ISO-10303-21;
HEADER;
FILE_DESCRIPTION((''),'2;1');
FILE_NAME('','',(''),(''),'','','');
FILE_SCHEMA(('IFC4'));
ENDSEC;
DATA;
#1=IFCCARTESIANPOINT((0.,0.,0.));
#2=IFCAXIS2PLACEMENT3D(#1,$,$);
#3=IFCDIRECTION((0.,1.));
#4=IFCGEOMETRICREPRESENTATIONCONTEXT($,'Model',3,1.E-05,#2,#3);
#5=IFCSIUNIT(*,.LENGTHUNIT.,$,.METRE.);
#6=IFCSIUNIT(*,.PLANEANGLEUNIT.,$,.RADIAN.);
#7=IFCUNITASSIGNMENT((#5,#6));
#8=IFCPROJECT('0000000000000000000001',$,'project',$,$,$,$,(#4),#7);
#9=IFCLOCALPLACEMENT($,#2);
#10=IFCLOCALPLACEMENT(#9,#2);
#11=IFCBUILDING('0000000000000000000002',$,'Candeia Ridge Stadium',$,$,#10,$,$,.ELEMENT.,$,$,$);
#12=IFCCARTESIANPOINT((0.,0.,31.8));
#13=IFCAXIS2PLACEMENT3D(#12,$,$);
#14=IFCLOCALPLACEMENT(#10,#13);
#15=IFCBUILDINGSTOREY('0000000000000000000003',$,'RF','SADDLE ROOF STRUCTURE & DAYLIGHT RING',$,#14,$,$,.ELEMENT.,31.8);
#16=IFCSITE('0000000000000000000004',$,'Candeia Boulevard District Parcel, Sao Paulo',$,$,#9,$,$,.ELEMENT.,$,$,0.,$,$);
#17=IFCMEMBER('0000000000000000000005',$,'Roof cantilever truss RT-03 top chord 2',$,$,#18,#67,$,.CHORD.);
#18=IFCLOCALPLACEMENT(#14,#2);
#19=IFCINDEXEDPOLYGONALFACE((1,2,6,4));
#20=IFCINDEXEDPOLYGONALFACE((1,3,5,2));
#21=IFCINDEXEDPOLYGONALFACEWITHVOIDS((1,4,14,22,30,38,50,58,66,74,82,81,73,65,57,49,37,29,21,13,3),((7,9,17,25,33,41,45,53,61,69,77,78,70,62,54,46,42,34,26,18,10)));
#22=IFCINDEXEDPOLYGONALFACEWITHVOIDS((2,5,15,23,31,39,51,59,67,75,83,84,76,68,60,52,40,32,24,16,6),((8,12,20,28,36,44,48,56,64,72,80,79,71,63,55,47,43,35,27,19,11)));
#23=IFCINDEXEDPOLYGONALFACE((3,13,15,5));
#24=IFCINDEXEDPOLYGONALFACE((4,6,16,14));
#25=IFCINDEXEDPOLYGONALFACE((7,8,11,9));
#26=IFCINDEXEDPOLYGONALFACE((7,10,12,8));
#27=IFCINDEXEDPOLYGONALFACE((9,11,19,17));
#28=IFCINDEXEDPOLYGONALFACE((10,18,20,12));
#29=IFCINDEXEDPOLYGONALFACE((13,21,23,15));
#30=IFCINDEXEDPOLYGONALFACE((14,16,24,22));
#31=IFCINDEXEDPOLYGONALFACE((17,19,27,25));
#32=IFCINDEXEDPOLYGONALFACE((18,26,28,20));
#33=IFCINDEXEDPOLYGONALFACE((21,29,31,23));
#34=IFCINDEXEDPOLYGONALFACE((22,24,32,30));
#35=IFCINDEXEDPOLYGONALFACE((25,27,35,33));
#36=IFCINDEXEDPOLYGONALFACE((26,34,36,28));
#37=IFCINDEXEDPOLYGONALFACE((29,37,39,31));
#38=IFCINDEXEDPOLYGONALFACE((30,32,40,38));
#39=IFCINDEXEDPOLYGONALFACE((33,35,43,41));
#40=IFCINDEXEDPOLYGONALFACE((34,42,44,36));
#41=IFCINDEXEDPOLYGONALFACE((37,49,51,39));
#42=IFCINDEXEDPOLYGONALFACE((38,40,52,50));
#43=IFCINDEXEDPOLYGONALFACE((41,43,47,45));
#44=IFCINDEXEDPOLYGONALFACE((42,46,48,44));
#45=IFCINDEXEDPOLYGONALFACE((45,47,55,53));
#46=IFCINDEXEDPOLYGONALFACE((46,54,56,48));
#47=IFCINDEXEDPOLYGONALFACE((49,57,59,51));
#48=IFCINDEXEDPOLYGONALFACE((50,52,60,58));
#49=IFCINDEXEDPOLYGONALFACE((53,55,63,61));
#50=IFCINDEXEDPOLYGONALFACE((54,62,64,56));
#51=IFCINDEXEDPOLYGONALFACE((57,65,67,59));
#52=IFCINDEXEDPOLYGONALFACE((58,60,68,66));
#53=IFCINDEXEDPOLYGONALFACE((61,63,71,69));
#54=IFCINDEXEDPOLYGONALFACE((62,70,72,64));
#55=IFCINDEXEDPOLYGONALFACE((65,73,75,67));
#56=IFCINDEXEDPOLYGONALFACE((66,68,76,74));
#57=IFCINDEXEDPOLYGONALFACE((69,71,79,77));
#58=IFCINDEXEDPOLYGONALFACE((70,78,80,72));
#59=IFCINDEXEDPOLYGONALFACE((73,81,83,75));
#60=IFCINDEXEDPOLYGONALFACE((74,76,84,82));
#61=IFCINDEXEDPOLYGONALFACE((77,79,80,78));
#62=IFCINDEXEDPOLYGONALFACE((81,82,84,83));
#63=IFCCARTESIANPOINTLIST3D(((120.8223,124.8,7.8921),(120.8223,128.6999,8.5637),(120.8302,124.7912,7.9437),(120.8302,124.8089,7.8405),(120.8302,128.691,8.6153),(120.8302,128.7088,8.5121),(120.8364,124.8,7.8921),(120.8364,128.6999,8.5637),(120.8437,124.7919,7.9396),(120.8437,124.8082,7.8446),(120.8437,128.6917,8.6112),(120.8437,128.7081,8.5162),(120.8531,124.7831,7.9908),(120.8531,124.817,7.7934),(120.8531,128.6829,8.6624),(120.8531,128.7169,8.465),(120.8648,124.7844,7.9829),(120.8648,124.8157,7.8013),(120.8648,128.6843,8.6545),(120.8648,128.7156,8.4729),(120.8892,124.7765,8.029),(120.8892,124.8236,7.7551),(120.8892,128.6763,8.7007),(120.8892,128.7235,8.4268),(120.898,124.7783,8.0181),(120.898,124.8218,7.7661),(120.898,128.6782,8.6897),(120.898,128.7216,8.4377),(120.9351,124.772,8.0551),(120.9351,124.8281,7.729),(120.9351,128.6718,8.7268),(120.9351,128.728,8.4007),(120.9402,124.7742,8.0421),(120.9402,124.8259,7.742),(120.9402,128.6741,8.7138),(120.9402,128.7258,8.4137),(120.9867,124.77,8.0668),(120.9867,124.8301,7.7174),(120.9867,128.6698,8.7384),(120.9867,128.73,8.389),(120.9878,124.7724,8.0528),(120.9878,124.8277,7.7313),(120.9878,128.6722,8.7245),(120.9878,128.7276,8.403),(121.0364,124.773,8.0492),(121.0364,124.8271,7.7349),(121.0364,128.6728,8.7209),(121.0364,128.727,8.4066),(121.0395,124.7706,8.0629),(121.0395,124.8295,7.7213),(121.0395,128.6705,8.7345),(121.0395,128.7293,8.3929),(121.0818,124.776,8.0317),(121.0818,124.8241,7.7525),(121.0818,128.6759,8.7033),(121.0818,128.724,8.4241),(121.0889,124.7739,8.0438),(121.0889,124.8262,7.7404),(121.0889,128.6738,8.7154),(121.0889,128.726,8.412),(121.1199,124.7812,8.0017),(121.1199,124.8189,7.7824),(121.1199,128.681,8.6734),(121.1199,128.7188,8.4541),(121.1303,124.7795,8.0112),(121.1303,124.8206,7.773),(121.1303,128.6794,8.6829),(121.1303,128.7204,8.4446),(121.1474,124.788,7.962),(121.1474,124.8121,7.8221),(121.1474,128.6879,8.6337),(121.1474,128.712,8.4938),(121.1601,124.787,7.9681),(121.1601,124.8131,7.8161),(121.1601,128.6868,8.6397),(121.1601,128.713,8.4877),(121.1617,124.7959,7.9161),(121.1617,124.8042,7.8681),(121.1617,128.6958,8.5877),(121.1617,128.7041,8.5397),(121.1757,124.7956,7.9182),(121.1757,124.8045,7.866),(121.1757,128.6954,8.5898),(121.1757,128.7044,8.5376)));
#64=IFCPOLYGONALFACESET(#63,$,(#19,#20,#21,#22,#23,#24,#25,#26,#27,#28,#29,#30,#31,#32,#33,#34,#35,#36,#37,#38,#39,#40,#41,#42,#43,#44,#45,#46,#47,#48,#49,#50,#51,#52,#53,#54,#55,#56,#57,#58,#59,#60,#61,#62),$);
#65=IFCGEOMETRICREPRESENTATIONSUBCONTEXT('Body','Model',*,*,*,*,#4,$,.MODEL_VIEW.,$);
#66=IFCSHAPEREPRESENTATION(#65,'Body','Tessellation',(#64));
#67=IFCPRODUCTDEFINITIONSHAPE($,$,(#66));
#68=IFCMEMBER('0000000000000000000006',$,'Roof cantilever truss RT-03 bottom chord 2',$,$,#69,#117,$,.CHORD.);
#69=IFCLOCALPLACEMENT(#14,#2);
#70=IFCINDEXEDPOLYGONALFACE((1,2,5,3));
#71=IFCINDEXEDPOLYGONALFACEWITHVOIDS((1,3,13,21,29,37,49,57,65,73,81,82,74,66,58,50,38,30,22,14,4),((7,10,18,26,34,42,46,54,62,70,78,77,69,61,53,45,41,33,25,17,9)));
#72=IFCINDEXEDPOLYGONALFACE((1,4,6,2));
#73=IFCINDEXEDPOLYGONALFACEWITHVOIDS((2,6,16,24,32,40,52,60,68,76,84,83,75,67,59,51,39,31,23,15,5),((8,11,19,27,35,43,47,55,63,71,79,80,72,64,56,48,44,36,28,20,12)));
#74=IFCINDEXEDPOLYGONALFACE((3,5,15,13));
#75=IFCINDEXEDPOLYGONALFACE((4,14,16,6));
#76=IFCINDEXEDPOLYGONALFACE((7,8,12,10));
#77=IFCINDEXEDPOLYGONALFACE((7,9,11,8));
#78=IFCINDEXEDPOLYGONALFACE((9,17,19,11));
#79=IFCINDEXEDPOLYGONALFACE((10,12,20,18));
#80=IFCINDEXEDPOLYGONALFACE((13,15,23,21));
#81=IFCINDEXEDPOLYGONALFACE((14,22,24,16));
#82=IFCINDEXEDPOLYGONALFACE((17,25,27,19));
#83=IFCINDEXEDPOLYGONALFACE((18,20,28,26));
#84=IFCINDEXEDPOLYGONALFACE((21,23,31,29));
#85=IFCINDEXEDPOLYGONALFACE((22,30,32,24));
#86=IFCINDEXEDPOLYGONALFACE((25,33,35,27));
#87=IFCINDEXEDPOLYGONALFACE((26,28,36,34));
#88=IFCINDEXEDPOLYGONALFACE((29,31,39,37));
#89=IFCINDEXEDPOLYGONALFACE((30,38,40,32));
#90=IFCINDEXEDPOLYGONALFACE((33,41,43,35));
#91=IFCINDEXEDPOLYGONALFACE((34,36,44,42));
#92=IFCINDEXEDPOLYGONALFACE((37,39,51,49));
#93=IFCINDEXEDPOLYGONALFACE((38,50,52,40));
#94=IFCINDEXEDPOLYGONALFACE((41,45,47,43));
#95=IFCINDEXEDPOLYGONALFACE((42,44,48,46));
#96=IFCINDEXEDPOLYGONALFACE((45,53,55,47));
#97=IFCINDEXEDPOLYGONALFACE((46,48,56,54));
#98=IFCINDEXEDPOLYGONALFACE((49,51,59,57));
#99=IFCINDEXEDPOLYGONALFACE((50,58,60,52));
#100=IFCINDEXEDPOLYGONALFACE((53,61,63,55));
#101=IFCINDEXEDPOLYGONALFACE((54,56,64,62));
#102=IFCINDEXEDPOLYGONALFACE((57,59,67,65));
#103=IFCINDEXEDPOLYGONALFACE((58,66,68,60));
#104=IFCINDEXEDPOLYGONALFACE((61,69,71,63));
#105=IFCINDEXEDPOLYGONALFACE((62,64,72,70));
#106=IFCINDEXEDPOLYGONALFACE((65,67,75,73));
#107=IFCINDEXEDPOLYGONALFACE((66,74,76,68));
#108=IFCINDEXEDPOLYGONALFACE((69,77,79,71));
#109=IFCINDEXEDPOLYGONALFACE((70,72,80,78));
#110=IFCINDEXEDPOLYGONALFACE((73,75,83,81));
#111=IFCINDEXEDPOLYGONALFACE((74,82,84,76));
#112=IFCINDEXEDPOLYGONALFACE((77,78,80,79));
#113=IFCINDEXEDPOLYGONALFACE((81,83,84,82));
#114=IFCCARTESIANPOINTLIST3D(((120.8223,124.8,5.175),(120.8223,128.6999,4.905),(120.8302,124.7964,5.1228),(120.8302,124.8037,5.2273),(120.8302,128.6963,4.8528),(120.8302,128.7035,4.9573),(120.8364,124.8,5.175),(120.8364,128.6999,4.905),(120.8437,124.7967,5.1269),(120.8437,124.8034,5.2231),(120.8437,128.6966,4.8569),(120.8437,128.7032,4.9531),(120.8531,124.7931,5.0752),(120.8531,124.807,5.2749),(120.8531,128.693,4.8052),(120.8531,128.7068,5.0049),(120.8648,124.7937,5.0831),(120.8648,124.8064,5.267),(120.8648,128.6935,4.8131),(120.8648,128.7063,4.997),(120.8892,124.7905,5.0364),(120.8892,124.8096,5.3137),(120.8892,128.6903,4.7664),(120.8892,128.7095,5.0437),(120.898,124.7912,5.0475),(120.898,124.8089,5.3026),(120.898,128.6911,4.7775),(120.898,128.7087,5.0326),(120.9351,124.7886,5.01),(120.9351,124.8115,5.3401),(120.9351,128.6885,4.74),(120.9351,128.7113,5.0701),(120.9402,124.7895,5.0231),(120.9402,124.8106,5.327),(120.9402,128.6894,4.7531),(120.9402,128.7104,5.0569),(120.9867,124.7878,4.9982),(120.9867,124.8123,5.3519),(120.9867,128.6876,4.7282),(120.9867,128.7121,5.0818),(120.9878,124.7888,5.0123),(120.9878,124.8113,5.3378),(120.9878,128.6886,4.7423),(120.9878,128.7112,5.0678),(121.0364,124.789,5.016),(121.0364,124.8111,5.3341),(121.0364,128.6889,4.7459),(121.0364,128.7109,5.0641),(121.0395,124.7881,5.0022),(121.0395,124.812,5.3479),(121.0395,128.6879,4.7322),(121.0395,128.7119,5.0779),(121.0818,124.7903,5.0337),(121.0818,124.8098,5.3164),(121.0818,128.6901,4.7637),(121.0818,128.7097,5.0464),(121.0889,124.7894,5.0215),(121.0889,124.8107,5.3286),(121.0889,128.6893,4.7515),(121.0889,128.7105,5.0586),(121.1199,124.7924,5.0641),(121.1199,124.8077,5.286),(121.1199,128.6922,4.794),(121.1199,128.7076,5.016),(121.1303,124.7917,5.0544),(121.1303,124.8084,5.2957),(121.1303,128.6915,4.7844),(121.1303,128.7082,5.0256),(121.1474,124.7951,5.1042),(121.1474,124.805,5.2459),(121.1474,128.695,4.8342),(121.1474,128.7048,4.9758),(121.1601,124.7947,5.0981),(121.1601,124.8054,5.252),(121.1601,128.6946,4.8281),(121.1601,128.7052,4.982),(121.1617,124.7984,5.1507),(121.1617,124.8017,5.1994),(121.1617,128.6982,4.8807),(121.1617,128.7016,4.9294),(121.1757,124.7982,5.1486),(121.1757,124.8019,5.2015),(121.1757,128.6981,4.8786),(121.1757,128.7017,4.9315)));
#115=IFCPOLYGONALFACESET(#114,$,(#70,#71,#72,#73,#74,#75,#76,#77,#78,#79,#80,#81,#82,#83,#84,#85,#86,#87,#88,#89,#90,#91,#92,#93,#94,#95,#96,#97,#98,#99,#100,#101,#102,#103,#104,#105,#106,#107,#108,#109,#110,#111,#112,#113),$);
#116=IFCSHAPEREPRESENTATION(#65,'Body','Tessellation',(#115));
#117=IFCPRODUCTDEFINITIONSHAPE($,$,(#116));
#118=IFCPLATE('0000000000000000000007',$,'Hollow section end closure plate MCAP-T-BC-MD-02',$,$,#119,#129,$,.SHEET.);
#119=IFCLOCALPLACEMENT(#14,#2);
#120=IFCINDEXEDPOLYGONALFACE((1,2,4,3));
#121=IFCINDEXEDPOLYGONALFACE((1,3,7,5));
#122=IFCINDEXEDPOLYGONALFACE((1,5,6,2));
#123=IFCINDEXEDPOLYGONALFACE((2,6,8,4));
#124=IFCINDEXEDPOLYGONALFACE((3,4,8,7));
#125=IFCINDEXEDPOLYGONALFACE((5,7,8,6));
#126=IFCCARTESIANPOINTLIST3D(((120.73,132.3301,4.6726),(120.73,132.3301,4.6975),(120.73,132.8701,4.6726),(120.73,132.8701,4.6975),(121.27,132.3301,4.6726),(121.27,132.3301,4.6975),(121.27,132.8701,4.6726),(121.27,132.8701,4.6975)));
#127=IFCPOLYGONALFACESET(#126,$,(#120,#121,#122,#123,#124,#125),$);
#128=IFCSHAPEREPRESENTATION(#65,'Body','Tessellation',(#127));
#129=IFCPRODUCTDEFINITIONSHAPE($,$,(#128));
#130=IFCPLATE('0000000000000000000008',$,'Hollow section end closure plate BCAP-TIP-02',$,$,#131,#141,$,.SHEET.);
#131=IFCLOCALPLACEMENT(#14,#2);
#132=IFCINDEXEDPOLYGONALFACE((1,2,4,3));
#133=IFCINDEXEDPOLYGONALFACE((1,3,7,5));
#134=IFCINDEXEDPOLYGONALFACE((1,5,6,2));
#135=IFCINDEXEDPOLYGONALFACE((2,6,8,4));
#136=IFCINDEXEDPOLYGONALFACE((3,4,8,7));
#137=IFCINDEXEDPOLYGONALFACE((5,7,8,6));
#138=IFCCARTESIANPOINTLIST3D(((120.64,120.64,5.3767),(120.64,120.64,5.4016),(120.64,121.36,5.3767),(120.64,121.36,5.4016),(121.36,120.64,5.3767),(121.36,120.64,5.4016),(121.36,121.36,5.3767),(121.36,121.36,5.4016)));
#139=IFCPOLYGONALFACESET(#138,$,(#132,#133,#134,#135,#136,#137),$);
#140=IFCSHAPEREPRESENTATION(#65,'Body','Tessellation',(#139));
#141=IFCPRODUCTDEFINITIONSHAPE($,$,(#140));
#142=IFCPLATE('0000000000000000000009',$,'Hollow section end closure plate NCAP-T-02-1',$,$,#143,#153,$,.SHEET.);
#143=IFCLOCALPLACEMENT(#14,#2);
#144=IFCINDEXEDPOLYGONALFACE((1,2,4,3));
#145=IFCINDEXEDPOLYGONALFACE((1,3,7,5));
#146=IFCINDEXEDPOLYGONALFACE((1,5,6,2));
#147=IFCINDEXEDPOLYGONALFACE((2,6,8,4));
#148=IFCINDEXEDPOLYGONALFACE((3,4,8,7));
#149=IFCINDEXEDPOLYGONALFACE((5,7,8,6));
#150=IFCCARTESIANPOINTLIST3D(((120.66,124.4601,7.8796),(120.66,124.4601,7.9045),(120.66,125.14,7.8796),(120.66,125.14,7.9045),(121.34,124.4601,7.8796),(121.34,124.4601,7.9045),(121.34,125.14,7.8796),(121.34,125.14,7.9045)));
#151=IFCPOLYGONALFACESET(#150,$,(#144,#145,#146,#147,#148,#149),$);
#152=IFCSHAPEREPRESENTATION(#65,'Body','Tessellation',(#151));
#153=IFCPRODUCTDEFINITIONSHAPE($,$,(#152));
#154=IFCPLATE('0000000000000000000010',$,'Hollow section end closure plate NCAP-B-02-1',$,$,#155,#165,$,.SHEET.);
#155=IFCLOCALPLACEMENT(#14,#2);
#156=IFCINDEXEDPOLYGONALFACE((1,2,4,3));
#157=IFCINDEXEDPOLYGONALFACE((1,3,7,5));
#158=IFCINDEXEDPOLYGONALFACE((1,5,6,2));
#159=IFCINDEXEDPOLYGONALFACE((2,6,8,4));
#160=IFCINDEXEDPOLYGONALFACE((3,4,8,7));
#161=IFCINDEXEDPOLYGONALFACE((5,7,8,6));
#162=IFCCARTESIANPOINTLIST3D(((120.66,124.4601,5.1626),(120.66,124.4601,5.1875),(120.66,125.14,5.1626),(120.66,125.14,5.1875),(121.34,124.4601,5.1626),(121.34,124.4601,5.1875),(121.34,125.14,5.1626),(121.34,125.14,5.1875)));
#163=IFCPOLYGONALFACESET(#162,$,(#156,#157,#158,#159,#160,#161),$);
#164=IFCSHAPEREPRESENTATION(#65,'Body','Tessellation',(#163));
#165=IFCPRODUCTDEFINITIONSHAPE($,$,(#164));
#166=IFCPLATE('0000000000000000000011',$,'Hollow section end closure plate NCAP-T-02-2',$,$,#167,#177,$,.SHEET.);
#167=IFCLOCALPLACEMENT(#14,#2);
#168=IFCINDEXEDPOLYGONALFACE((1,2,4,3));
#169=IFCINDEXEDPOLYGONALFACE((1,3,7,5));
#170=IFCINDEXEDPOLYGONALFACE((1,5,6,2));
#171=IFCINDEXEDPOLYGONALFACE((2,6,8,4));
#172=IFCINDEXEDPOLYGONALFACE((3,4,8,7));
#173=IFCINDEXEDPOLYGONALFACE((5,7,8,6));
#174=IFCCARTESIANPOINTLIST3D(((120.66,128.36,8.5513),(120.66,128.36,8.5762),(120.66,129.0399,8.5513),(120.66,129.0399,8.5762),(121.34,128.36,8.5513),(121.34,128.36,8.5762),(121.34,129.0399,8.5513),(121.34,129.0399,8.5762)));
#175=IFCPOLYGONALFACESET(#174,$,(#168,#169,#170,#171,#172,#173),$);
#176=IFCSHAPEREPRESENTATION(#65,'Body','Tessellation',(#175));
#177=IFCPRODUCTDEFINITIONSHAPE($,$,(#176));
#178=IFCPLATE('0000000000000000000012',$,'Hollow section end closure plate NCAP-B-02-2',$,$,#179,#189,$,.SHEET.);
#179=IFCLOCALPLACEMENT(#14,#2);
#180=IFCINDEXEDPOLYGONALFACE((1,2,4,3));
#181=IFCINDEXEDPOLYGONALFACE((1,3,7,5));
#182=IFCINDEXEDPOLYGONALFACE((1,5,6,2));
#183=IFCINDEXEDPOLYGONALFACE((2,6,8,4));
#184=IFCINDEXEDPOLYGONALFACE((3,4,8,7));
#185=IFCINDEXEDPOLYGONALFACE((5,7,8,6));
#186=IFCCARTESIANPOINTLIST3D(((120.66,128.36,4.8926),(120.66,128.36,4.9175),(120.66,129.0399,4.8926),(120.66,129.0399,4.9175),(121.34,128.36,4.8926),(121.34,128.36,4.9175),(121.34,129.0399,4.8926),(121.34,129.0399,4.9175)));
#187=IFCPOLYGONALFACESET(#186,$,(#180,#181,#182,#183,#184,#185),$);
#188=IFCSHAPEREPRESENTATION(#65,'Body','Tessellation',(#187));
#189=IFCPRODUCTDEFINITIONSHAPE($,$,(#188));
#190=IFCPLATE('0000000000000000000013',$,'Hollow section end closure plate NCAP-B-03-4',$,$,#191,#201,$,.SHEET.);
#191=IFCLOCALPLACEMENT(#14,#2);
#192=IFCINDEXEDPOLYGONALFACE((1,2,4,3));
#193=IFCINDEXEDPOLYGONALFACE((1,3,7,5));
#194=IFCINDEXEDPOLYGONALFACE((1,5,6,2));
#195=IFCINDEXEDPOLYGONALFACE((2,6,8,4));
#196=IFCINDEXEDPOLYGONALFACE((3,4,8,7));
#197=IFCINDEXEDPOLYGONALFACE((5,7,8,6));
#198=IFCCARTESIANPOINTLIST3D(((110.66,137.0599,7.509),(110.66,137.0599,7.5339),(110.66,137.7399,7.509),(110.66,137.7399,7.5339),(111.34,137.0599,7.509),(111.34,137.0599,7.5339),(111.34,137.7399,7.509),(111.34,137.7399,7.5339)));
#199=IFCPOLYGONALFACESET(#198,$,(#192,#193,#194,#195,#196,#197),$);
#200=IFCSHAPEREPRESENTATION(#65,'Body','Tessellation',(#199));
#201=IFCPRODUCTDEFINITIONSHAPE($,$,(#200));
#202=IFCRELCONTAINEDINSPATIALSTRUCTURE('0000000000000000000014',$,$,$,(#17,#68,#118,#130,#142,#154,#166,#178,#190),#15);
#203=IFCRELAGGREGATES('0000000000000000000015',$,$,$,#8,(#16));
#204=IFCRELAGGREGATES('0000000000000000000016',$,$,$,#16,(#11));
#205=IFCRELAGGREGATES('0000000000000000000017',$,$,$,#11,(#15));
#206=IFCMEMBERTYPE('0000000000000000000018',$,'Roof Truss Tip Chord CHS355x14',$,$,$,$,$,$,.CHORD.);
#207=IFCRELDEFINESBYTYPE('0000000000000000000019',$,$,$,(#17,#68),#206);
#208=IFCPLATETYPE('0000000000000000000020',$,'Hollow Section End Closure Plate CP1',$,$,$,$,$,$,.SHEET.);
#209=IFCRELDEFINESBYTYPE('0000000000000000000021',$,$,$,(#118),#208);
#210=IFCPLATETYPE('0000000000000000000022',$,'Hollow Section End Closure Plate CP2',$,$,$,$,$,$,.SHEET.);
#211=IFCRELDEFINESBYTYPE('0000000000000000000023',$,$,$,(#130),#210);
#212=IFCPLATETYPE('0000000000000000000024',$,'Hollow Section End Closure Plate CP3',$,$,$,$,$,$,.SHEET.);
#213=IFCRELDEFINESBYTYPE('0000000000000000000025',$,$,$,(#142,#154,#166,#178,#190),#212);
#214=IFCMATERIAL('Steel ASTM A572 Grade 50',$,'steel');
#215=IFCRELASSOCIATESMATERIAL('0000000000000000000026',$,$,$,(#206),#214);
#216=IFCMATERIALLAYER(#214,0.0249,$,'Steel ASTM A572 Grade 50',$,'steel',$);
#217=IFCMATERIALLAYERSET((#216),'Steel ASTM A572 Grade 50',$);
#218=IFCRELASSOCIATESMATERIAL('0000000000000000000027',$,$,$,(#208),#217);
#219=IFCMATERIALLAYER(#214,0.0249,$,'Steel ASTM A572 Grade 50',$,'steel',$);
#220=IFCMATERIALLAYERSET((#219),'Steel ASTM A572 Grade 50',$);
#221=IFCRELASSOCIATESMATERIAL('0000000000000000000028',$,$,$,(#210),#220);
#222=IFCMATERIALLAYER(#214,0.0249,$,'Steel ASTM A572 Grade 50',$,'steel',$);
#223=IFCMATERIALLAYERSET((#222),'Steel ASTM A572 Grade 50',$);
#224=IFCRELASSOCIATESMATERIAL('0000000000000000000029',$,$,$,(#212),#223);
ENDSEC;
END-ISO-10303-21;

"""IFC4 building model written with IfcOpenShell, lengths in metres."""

from ifc_helpers import new_model, si_unit, direction, frame, origin, origin_2d, place, context, subcontext, project, spatial, rectangle, hollow_circle, extrude, material, layer, layer_set, material_profile, profile_set, type_object, element, save


model = new_model("IFC4")

# Units and contexts
model_context = context("Model", 3, precision=1e-05, world=origin(), true_north=direction((0.0, 1.0)))
body_context = subcontext(model_context, "Body", "Model", "MODEL_VIEW")
ifc_project = project(units=[si_unit("LENGTHUNIT", "METRE"), si_unit("PLANEANGLEUNIT", "RADIAN")], contexts=[model_context])

# Site, building, storey
site_placement = place(None, origin())
site = spatial("IfcSite", under=ifc_project, at=site_placement, Name="Candeia Boulevard District Parcel, Sao Paulo", CompositionType="ELEMENT", RefElevation=0.0)
building_placement = place(site_placement, origin())
building = spatial("IfcBuilding", under=site, at=building_placement, Name="Candeia Ridge Stadium", CompositionType="ELEMENT")
storey_placement = place(building_placement, frame((0.0, 0.0, 31.8)))
storey = spatial("IfcBuildingStorey", under=building, at=storey_placement, Name="RF", Description="SADDLE ROOF STRUCTURE & DAYLIGHT RING", CompositionType="ELEMENT", Elevation=31.8)

# Shared definitions
ifc_material_1 = material(Name="Steel ASTM A572 Grade 50", Category="steel")

# Members
ifc_material_profile_1 = material_profile(ifc_material_1, hollow_circle(Radius=0.1777, WallThickness=0.0142, at=origin_2d()), Name="CHS355x14", Category="steel")
ifc_profile_set_1 = profile_set([ifc_material_profile_1], Name="Steel ASTM A572 Grade 50")
member_type_1 = type_object("IfcMemberType", Name="Roof Truss Tip Chord CHS355x14", PredefinedType="CHORD", material=ifc_profile_set_1)
member_1_placement = place(storey_placement, frame((121.0, 124.8, 7.8921), z_axis=(0.0, 0.985493, 0.169719), x_axis=(-1.0, 0.0, 0.0)))
element("IfcMember", 1, at=member_1_placement, inside=storey, type_object=member_type_1, Name="Roof cantilever truss RT-03 top chord 2", PredefinedType="CHORD", context=body_context, shape_type="SweptSolid", body=[
    extrude(hollow_circle(Radius=0.1777, WallThickness=0.0142, at=origin_2d()), origin(), (0.0, 0.0, 1.0), 3.9573),
])
member_2_placement = place(storey_placement, frame((121.0, 124.8, 5.175), z_axis=(0.0, 0.997612, -0.069072), x_axis=(-1.0, 0.0, 0.0)))
element("IfcMember", 2, at=member_2_placement, inside=storey, type_object=member_type_1, Name="Roof cantilever truss RT-03 bottom chord 2", PredefinedType="CHORD", context=body_context, shape_type="SweptSolid", body=[
    extrude(hollow_circle(Radius=0.1777, WallThickness=0.0142, at=origin_2d()), origin(), (0.0, 0.0, 1.0), 3.9092),
])

# Plates
ifc_layer_1 = layer(ifc_material_1, 0.0249, Name="Steel ASTM A572 Grade 50", Category="steel")
ifc_layer_set_1 = layer_set([ifc_layer_1], Name="Steel ASTM A572 Grade 50")
plate_type_1 = type_object("IfcPlateType", Name="Hollow Section End Closure Plate CP1", PredefinedType="SHEET", material=ifc_layer_set_1)
plate_1_placement = place(storey_placement, frame((121.0, 132.6001, 4.6726), z_axis=(0.0, 0.0, 1.0), x_axis=(1.0, 0.0, 0.0)))
element("IfcPlate", 3, at=plate_1_placement, inside=storey, type_object=plate_type_1, Name="Hollow section end closure plate MCAP-T-BC-MD-02", PredefinedType="SHEET", context=body_context, shape_type="SweptSolid", body=[
    extrude(rectangle(XDim=0.54, YDim=0.54, at=origin_2d()), origin(), (0.0, 0.0, 1.0), 0.0249),
])
ifc_layer_2 = layer(ifc_material_1, 0.0249, Name="Steel ASTM A572 Grade 50", Category="steel")
ifc_layer_set_2 = layer_set([ifc_layer_2], Name="Steel ASTM A572 Grade 50")
plate_type_2 = type_object("IfcPlateType", Name="Hollow Section End Closure Plate CP2", PredefinedType="SHEET", material=ifc_layer_set_2)
plate_2_placement = place(storey_placement, frame((121.0, 121.0, 5.3767), z_axis=(0.0, 0.0, 1.0), x_axis=(1.0, 0.0, 0.0)))
element("IfcPlate", 4, at=plate_2_placement, inside=storey, type_object=plate_type_2, Name="Hollow section end closure plate BCAP-TIP-02", PredefinedType="SHEET", context=body_context, shape_type="SweptSolid", body=[
    extrude(rectangle(XDim=0.72, YDim=0.72, at=origin_2d()), origin(), (0.0, 0.0, 1.0), 0.0249),
])
ifc_layer_3 = layer(ifc_material_1, 0.0249, Name="Steel ASTM A572 Grade 50", Category="steel")
ifc_layer_set_3 = layer_set([ifc_layer_3], Name="Steel ASTM A572 Grade 50")
plate_type_3 = type_object("IfcPlateType", Name="Hollow Section End Closure Plate CP3", PredefinedType="SHEET", material=ifc_layer_set_3)
for number, where, z_axis, x_axis, name in (
    (5, (121.0, 124.8, 7.8796), (0.0, 0.0, 1.0), (1.0, 0.0, 0.0), "Hollow section end closure plate NCAP-T-02-1"),
    (6, (121.0, 124.8, 5.1626), (0.0, 0.0, 1.0), (1.0, 0.0, 0.0), "Hollow section end closure plate NCAP-B-02-1"),
    (7, (121.0, 128.7, 8.5513), (0.0, 0.0, 1.0), (1.0, 0.0, 0.0), "Hollow section end closure plate NCAP-T-02-2"),
    (8, (121.0, 128.7, 4.8926), (0.0, 0.0, 1.0), (1.0, 0.0, 0.0), "Hollow section end closure plate NCAP-B-02-2"),
    (9, (111.0, 137.3999, 7.509), (0.0, 0.0, 1.0), (1.0, 0.0, 0.0), "Hollow section end closure plate NCAP-B-03-4"),
):
    element("IfcPlate", number, at=place(storey_placement, frame(where, z_axis=z_axis, x_axis=x_axis)), inside=storey, type_object=plate_type_3, Name=name, PredefinedType="SHEET", context=body_context, shape_type="SweptSolid", body=[
        extrude(rectangle(XDim=0.6799, YDim=0.6799, at=origin_2d()), origin(), (0.0, 0.0, 1.0), 0.0249),
    ])

save(model, "model.ifc")
